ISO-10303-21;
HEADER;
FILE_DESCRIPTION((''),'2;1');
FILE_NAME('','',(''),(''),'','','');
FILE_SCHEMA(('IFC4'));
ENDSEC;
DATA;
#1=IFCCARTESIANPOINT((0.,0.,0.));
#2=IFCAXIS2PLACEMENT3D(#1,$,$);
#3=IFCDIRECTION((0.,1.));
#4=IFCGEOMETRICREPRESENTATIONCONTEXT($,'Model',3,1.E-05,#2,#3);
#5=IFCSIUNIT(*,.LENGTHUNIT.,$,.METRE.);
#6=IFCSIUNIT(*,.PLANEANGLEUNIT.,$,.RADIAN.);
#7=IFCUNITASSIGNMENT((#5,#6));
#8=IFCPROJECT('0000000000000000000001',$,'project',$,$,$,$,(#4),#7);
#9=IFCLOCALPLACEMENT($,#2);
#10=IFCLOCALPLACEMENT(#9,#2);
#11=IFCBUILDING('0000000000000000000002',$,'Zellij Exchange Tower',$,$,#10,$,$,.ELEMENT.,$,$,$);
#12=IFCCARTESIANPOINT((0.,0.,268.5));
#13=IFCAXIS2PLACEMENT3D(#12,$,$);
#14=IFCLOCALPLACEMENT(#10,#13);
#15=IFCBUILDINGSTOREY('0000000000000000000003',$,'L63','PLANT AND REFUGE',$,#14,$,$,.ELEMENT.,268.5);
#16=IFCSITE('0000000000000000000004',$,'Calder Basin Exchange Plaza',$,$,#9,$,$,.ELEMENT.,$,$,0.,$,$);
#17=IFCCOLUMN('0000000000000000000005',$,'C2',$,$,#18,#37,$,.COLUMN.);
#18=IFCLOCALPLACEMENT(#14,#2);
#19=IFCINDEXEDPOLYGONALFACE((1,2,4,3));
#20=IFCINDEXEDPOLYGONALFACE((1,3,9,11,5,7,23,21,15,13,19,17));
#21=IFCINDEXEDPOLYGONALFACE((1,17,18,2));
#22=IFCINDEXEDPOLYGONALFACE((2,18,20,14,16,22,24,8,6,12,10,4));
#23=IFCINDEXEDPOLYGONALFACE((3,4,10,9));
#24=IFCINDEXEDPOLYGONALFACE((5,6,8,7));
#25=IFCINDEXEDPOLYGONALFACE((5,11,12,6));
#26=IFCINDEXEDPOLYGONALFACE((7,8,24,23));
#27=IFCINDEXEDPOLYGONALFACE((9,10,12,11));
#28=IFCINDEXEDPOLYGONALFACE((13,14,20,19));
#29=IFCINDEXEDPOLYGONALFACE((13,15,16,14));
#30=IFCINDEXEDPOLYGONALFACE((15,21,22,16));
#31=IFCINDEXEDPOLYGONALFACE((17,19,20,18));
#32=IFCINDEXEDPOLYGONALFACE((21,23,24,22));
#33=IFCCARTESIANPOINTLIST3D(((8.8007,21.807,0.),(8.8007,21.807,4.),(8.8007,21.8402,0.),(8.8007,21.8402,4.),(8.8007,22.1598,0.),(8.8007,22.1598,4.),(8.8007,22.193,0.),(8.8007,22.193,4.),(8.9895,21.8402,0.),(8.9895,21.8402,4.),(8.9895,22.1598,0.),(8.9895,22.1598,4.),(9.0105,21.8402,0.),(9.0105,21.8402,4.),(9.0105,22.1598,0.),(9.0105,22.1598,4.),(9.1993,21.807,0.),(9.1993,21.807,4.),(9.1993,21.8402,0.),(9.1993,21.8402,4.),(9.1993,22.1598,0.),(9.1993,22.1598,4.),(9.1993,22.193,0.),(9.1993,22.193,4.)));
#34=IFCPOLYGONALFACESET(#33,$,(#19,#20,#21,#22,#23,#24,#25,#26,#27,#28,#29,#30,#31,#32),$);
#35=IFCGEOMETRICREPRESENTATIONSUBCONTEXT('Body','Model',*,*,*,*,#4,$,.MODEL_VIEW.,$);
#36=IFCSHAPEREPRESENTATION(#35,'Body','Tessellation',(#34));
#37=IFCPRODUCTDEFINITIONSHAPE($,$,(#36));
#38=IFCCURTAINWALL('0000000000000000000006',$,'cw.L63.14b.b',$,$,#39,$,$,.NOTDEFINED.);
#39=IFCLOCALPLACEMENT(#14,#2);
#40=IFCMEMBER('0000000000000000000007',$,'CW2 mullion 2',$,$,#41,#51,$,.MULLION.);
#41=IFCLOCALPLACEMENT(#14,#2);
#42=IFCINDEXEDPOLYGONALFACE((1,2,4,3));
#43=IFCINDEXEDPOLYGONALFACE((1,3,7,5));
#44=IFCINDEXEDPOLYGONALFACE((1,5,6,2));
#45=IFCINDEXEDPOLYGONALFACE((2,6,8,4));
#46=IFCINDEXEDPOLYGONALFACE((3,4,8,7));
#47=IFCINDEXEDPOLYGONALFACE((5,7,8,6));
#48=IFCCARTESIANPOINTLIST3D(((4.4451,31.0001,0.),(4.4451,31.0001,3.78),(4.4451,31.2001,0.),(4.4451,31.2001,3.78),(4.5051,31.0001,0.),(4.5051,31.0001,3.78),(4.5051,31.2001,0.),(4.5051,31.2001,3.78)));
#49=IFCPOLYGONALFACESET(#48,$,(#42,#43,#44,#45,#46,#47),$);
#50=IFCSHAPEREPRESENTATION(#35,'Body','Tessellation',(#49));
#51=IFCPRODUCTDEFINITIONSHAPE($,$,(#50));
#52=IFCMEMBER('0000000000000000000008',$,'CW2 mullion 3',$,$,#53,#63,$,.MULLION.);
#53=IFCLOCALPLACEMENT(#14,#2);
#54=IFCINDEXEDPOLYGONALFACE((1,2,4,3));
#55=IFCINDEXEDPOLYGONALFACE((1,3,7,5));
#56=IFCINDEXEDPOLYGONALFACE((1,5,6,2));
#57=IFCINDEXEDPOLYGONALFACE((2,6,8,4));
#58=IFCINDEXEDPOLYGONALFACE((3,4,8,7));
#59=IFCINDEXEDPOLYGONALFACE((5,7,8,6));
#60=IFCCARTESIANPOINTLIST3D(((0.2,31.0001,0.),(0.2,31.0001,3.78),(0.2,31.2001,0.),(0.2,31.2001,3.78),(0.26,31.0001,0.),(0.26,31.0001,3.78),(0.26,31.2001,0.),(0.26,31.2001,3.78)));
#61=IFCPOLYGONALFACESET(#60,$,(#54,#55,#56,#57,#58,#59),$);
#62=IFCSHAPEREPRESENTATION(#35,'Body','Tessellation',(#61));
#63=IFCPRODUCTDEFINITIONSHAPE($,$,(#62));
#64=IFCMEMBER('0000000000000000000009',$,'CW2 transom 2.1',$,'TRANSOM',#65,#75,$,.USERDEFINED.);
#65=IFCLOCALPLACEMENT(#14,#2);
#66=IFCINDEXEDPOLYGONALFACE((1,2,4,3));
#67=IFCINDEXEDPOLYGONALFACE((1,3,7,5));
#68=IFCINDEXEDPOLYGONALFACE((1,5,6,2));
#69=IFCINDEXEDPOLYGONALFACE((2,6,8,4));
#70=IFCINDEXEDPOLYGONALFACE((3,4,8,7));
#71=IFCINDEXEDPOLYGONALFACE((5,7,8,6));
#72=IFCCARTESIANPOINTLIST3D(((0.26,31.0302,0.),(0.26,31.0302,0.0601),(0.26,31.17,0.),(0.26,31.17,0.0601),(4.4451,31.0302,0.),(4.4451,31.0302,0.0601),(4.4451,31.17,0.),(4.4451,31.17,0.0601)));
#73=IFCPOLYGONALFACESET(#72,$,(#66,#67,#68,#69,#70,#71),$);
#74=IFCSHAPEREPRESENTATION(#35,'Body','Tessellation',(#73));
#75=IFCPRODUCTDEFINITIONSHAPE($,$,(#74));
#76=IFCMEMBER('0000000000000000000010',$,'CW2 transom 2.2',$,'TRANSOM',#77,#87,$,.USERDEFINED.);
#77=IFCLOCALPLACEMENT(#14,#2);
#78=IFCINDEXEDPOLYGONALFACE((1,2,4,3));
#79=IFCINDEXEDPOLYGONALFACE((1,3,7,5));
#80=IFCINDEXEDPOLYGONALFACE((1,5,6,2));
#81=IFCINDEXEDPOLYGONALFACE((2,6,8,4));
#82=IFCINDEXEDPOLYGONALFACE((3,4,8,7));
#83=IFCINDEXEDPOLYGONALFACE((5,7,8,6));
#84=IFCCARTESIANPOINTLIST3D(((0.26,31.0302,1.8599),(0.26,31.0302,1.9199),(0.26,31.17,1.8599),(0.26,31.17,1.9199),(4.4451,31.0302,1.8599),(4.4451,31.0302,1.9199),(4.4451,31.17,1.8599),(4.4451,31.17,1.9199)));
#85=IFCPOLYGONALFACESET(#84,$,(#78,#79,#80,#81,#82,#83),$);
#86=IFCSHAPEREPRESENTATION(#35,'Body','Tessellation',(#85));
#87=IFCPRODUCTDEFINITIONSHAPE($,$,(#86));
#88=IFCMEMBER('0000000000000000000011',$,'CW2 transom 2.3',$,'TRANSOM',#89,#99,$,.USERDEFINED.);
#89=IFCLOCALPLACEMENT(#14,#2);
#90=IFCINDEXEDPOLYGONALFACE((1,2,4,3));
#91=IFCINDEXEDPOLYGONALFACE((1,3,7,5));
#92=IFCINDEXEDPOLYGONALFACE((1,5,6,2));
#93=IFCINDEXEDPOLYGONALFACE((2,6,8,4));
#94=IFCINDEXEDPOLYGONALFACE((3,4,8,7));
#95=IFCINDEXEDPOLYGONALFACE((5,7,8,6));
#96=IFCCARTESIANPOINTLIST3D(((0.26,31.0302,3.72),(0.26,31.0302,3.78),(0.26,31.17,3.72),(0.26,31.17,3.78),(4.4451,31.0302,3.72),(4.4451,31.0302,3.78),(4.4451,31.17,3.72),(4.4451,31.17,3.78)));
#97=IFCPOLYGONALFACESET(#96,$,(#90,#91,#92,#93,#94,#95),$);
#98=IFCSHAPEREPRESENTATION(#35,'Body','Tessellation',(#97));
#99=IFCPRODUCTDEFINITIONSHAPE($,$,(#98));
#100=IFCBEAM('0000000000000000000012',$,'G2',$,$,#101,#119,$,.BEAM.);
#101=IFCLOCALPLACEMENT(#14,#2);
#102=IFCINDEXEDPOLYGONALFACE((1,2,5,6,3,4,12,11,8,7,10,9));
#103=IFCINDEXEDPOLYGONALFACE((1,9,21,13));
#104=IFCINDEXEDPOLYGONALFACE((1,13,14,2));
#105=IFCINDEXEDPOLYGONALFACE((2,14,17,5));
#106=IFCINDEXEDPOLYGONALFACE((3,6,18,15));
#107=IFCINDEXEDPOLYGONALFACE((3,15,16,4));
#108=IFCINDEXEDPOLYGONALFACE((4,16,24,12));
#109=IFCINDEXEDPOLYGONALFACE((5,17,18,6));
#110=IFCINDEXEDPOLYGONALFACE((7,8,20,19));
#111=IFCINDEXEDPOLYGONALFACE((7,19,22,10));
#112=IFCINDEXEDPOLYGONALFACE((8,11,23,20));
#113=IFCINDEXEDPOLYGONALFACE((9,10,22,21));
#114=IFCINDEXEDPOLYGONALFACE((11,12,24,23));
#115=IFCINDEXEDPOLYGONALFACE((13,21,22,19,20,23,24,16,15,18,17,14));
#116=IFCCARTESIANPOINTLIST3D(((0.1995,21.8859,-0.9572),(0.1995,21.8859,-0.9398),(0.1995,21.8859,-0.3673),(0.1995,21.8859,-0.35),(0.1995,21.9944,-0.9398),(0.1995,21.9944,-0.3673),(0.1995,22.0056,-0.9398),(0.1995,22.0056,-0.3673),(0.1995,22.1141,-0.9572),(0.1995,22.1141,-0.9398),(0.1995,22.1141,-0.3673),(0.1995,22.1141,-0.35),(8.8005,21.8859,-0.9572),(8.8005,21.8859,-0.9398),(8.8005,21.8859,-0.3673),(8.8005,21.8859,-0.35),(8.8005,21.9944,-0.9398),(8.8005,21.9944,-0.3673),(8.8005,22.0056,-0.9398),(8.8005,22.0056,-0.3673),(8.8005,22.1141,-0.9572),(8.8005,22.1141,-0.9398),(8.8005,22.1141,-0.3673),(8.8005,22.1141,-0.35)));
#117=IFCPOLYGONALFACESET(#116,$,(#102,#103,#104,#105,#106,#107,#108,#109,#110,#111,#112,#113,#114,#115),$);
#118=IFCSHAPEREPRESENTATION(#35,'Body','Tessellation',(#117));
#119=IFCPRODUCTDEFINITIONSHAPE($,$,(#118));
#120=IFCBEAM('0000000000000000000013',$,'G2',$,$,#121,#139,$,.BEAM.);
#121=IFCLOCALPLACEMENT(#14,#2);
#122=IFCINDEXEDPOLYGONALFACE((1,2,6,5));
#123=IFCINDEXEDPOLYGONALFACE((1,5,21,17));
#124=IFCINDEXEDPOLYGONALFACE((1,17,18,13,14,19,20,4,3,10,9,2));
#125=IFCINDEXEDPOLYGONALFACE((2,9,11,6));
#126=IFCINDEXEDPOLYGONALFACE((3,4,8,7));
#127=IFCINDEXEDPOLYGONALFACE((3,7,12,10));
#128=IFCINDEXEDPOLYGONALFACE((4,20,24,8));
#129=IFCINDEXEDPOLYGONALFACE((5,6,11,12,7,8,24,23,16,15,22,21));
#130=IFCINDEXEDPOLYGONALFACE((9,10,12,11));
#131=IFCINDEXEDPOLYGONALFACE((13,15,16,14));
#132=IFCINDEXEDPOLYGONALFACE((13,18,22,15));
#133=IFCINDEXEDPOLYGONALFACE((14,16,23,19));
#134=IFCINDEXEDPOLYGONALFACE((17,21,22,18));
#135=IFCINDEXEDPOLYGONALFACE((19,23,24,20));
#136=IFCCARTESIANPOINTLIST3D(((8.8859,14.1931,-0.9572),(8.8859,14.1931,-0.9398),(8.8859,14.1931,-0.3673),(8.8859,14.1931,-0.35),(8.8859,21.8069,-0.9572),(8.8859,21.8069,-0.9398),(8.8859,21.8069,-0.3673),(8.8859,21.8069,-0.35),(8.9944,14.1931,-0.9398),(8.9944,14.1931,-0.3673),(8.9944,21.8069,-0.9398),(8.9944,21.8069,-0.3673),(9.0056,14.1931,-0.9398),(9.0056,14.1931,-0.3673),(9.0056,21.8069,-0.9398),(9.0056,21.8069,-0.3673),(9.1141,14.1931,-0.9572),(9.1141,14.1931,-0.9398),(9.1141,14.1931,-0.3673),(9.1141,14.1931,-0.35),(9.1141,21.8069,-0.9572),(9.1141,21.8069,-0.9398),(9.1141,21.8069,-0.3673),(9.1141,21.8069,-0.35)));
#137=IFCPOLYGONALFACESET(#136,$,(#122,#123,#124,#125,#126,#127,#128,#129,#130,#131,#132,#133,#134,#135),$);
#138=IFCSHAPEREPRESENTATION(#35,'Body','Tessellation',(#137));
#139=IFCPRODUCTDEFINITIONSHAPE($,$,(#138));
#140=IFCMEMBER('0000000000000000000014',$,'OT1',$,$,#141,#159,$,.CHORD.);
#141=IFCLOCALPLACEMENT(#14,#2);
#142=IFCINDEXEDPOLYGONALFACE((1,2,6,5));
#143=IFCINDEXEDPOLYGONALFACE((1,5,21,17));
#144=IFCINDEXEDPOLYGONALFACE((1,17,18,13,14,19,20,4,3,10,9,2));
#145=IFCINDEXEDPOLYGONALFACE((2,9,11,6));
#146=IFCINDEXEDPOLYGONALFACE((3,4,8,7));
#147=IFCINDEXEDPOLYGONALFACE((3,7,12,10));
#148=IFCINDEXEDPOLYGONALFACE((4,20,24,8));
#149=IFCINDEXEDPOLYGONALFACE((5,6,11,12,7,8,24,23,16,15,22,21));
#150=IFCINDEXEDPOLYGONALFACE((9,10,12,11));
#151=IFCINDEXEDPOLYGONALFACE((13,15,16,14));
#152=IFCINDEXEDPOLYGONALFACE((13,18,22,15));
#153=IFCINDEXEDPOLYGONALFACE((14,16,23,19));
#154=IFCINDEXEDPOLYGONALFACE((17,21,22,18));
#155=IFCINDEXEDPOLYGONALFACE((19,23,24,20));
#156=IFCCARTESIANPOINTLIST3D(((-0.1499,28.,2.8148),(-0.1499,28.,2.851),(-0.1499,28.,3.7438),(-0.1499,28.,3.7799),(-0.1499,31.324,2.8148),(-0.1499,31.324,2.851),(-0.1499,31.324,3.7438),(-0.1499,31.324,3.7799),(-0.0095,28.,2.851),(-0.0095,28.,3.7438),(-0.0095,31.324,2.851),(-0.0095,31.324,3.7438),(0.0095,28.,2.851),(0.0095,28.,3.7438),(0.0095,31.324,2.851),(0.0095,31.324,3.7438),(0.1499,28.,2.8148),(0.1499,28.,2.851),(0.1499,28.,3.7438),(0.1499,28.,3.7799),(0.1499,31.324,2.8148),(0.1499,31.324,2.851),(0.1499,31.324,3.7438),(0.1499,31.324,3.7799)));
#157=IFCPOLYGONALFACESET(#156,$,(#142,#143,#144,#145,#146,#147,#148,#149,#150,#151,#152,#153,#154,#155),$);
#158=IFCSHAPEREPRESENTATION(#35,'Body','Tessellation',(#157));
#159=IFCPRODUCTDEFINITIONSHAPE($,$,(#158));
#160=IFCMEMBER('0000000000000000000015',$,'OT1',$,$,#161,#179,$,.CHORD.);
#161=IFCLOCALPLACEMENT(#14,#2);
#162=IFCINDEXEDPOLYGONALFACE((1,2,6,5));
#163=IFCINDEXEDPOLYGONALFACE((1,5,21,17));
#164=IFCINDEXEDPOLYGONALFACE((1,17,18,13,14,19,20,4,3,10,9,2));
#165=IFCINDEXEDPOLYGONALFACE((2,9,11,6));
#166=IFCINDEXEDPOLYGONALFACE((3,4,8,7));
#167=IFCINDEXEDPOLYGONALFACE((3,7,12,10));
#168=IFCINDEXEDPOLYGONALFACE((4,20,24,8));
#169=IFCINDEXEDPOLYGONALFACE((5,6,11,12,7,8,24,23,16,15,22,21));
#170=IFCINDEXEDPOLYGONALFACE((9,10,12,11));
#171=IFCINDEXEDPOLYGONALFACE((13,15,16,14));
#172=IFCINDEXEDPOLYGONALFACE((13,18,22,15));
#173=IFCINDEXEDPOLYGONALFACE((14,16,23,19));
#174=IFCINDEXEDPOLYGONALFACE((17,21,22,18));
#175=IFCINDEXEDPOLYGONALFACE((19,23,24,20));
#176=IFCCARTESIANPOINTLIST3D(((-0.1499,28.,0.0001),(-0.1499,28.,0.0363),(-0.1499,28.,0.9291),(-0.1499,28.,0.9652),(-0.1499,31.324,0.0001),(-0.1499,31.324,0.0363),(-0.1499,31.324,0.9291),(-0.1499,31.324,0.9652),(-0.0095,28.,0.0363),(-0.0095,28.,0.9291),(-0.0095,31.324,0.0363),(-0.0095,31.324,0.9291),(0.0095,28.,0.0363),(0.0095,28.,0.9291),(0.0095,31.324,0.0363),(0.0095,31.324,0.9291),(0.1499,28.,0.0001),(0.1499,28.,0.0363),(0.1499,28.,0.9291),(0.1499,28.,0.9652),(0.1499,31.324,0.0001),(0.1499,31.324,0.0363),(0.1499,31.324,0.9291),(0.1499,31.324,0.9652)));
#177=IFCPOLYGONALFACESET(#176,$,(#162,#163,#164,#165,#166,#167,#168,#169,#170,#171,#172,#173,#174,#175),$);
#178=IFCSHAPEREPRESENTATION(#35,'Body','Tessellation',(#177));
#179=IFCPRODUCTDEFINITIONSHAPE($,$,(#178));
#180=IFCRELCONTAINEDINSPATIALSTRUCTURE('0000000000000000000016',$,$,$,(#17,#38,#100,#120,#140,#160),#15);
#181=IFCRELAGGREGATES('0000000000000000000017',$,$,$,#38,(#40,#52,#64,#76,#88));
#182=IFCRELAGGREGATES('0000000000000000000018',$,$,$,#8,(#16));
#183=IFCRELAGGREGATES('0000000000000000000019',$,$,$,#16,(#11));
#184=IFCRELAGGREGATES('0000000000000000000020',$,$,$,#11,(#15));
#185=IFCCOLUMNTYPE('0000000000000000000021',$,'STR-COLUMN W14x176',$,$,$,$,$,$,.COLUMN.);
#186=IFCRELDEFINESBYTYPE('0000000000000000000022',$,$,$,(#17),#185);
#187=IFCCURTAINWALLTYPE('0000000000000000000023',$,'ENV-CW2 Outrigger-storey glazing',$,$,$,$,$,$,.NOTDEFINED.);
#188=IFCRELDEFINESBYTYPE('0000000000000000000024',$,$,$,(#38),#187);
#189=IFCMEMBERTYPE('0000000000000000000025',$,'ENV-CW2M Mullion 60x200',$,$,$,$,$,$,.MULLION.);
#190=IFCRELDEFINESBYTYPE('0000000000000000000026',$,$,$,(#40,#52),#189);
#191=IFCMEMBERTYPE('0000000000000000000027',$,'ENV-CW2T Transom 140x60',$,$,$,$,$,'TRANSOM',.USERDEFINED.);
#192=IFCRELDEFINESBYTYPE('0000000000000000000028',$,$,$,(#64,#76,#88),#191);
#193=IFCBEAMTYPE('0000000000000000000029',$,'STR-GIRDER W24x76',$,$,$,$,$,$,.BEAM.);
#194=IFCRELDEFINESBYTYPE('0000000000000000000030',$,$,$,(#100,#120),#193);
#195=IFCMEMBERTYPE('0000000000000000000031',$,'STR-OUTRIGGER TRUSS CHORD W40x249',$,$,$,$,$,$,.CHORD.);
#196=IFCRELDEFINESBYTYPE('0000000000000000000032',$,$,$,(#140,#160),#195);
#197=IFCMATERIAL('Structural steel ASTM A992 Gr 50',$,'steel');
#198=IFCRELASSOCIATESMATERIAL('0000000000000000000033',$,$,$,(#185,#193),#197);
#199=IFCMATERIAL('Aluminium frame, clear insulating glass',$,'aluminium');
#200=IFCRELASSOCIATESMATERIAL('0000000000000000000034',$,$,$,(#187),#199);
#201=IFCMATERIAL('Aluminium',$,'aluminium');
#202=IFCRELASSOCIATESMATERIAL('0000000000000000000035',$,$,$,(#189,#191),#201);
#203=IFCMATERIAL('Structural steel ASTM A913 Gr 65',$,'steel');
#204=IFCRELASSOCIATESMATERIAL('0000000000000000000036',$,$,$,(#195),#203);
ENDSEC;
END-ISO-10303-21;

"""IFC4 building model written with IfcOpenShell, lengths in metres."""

from ifc_helpers import new_model, si_unit, direction, frame, origin, origin_2d, place, context, subcontext, project, spatial, rectangle, i_section, extrude, material, material_profile, profile_set, type_object, element, aggregate, save


model = new_model("IFC4")

# Units and contexts
model_context = context("Model", 3, precision=1e-05, world=origin(), true_north=direction((0.0, 1.0)))
body_context = subcontext(model_context, "Body", "Model", "MODEL_VIEW")
ifc_project = project(units=[si_unit("LENGTHUNIT", "METRE"), si_unit("PLANEANGLEUNIT", "RADIAN")], contexts=[model_context])

# Site, building, storey
site_placement = place(None, origin())
site = spatial("IfcSite", under=ifc_project, at=site_placement, Name="Calder Basin Exchange Plaza", CompositionType="ELEMENT", RefElevation=0.0)
building_placement = place(site_placement, origin())
building = spatial("IfcBuilding", under=site, at=building_placement, Name="Zellij Exchange Tower", CompositionType="ELEMENT")
storey_placement = place(building_placement, frame((0.0, 0.0, 268.5)))
storey = spatial("IfcBuildingStorey", under=building, at=storey_placement, Name="L63", Description="PLANT AND REFUGE", CompositionType="ELEMENT", Elevation=268.5)

# Column
ifc_material_1 = material(Name="Structural steel ASTM A992 Gr 50", Category="steel")
ifc_material_profile_1 = material_profile(ifc_material_1, i_section(OverallWidth=0.3987, OverallDepth=0.386, WebThickness=0.021, FlangeThickness=0.0332, at=origin_2d()), Name="W14x176")
ifc_profile_set_1 = profile_set([ifc_material_profile_1], Name="Structural steel ASTM A992 Gr 50")
column_type = type_object("IfcColumnType", Name="STR-COLUMN W14x176", PredefinedType="COLUMN", material=ifc_profile_set_1)
column_placement = place(storey_placement, frame((9.0, 22.0, 0.0), z_axis=(0.0, 0.0, 1.0), x_axis=(1.0, 0.0, 0.0)))
element("IfcColumn", 1, at=column_placement, inside=storey, type_object=column_type, Name="C2", PredefinedType="COLUMN", context=body_context, shape_type="SweptSolid", body=[
    extrude(i_section(OverallWidth=0.3987, OverallDepth=0.386, WebThickness=0.021, FlangeThickness=0.0332, at=origin_2d()), origin(), (0.0, 0.0, 1.0), 4.0),
])

# Curtain wall, members
ifc_material_2 = material(Name="Aluminium frame, clear insulating glass", Category="aluminium")
curtain_wall_type = type_object("IfcCurtainWallType", Name="ENV-CW2 Outrigger-storey glazing", PredefinedType="NOTDEFINED", material=ifc_material_2)
curtain_wall_placement = place(storey_placement, origin())
curtain_wall = element("IfcCurtainWall", 2, at=curtain_wall_placement, inside=storey, type_object=curtain_wall_type, Name="cw.L63.14b.b", PredefinedType="NOTDEFINED")
ifc_material_3 = material(Name="Aluminium", Category="aluminium")
ifc_material_profile_2 = material_profile(ifc_material_3, rectangle(XDim=0.0601, YDim=0.2, at=origin_2d()), Name="AL 60x200")
ifc_profile_set_2 = profile_set([ifc_material_profile_2], Name="Aluminium")
member_type_1 = type_object("IfcMemberType", Name="ENV-CW2M Mullion 60x200", PredefinedType="MULLION", material=ifc_profile_set_2)
member_1_placement = place(storey_placement, frame((4.4751, 31.1001, 0.0), z_axis=(0.0, 0.0, 1.0), x_axis=(-1.0, 0.0, 0.0)))
member_1 = element("IfcMember", 3, at=member_1_placement, type_object=member_type_1, Name="CW2 mullion 2", PredefinedType="MULLION", context=body_context, shape_type="SweptSolid", body=[
    extrude(rectangle(XDim=0.0601, YDim=0.2, at=origin_2d()), origin(), (0.0, 0.0, 1.0), 3.78),
])
member_2_placement = place(storey_placement, frame((0.23, 31.1001, 0.0), z_axis=(0.0, 0.0, 1.0), x_axis=(-1.0, 0.0, 0.0)))
member_2 = element("IfcMember", 4, at=member_2_placement, type_object=member_type_1, Name="CW2 mullion 3", PredefinedType="MULLION", context=body_context, shape_type="SweptSolid", body=[
    extrude(rectangle(XDim=0.0601, YDim=0.2, at=origin_2d()), origin(), (0.0, 0.0, 1.0), 3.78),
])
ifc_material_profile_3 = material_profile(ifc_material_3, rectangle(XDim=0.1399, YDim=0.0601, at=origin_2d()), Name="AL 140x60")
ifc_profile_set_3 = profile_set([ifc_material_profile_3], Name="Aluminium")
member_type_2 = type_object("IfcMemberType", Name="ENV-CW2T Transom 140x60", ElementType="TRANSOM", PredefinedType="USERDEFINED", material=ifc_profile_set_3)
member_3_placement = place(storey_placement, frame((4.4451, 31.1001, 0.03), z_axis=(-1.0, 0.0, 0.0), x_axis=(0.0, -1.0, 0.0)))
member_3 = element("IfcMember", 5, at=member_3_placement, type_object=member_type_2, Name="CW2 transom 2.1", ObjectType="TRANSOM", PredefinedType="USERDEFINED", context=body_context, shape_type="SweptSolid", body=[
    extrude(rectangle(XDim=0.1399, YDim=0.0601, at=origin_2d()), origin(), (0.0, 0.0, 1.0), 4.1851),
])
member_4_placement = place(storey_placement, frame((4.4451, 31.1001, 1.8899), z_axis=(-1.0, 0.0, 0.0), x_axis=(0.0, -1.0, 0.0)))
member_4 = element("IfcMember", 6, at=member_4_placement, type_object=member_type_2, Name="CW2 transom 2.2", ObjectType="TRANSOM", PredefinedType="USERDEFINED", context=body_context, shape_type="SweptSolid", body=[
    extrude(rectangle(XDim=0.1399, YDim=0.0601, at=origin_2d()), origin(), (0.0, 0.0, 1.0), 4.1851),
])
member_5_placement = place(storey_placement, frame((4.4451, 31.1001, 3.75), z_axis=(-1.0, 0.0, 0.0), x_axis=(0.0, -1.0, 0.0)))
member_5 = element("IfcMember", 7, at=member_5_placement, type_object=member_type_2, Name="CW2 transom 2.3", ObjectType="TRANSOM", PredefinedType="USERDEFINED", context=body_context, shape_type="SweptSolid", body=[
    extrude(rectangle(XDim=0.1399, YDim=0.0601, at=origin_2d()), origin(), (0.0, 0.0, 1.0), 4.1851),
])

# Beams
ifc_material_profile_4 = material_profile(ifc_material_1, i_section(OverallWidth=0.2283, OverallDepth=0.6072, WebThickness=0.0112, FlangeThickness=0.0173, at=origin_2d()), Name="W24x76")
ifc_profile_set_4 = profile_set([ifc_material_profile_4], Name="Structural steel ASTM A992 Gr 50")
beam_type = type_object("IfcBeamType", Name="STR-GIRDER W24x76", PredefinedType="BEAM", material=ifc_profile_set_4)
beam_1_placement = place(storey_placement, frame((0.1995, 22.0, -0.6536), z_axis=(1.0, 0.0, 0.0), x_axis=(0.0, 1.0, 0.0)))
element("IfcBeam", 8, at=beam_1_placement, inside=storey, type_object=beam_type, Name="G2", PredefinedType="BEAM", context=body_context, shape_type="SweptSolid", body=[
    extrude(i_section(OverallWidth=0.2283, OverallDepth=0.6072, WebThickness=0.0112, FlangeThickness=0.0173, at=origin_2d()), origin(), (0.0, 0.0, 1.0), 8.6011),
])
beam_2_placement = place(storey_placement, frame((9.0, 14.1931, -0.6536), z_axis=(0.0, 1.0, 0.0), x_axis=(-1.0, 0.0, 0.0)))
element("IfcBeam", 9, at=beam_2_placement, inside=storey, type_object=beam_type, Name="G2", PredefinedType="BEAM", context=body_context, shape_type="SweptSolid", body=[
    extrude(i_section(OverallWidth=0.2283, OverallDepth=0.6072, WebThickness=0.0112, FlangeThickness=0.0173, at=origin_2d()), origin(), (0.0, 0.0, 1.0), 7.6138),
])

# Members
ifc_material_4 = material(Name="Structural steel ASTM A913 Gr 65", Category="steel")
ifc_material_profile_5 = material_profile(ifc_material_4, i_section(OverallWidth=0.2998, OverallDepth=0.9651, WebThickness=0.019, FlangeThickness=0.0361, at=origin_2d()), Name="W40x249")
ifc_profile_set_5 = profile_set([ifc_material_profile_5], Name="Structural steel ASTM A913 Gr 65")
member_type_3 = type_object("IfcMemberType", Name="STR-OUTRIGGER TRUSS CHORD W40x249", PredefinedType="CHORD", material=ifc_profile_set_5)
for number, where, z_axis, x_axis, name in (
    (10, (0.0, 28.0, 3.2974), (0.0, 1.0, 0.0), (-1.0, 0.0, 0.0), "OT1"),
    (11, (0.0, 28.0, 0.4827), (0.0, 1.0, 0.0), (-1.0, 0.0, 0.0), "OT1"),
):
    element("IfcMember", number, at=place(storey_placement, frame(where, z_axis=z_axis, x_axis=x_axis)), inside=storey, type_object=member_type_3, Name=name, PredefinedType="CHORD", context=body_context, shape_type="SweptSolid", body=[
        extrude(i_section(OverallWidth=0.2998, OverallDepth=0.9651, WebThickness=0.019, FlangeThickness=0.0361, at=origin_2d()), origin(), (0.0, 0.0, 1.0), 3.324),
    ])

aggregate(curtain_wall, [member_1, member_2, member_3, member_4, member_5])

save(model, "model.ifc")
